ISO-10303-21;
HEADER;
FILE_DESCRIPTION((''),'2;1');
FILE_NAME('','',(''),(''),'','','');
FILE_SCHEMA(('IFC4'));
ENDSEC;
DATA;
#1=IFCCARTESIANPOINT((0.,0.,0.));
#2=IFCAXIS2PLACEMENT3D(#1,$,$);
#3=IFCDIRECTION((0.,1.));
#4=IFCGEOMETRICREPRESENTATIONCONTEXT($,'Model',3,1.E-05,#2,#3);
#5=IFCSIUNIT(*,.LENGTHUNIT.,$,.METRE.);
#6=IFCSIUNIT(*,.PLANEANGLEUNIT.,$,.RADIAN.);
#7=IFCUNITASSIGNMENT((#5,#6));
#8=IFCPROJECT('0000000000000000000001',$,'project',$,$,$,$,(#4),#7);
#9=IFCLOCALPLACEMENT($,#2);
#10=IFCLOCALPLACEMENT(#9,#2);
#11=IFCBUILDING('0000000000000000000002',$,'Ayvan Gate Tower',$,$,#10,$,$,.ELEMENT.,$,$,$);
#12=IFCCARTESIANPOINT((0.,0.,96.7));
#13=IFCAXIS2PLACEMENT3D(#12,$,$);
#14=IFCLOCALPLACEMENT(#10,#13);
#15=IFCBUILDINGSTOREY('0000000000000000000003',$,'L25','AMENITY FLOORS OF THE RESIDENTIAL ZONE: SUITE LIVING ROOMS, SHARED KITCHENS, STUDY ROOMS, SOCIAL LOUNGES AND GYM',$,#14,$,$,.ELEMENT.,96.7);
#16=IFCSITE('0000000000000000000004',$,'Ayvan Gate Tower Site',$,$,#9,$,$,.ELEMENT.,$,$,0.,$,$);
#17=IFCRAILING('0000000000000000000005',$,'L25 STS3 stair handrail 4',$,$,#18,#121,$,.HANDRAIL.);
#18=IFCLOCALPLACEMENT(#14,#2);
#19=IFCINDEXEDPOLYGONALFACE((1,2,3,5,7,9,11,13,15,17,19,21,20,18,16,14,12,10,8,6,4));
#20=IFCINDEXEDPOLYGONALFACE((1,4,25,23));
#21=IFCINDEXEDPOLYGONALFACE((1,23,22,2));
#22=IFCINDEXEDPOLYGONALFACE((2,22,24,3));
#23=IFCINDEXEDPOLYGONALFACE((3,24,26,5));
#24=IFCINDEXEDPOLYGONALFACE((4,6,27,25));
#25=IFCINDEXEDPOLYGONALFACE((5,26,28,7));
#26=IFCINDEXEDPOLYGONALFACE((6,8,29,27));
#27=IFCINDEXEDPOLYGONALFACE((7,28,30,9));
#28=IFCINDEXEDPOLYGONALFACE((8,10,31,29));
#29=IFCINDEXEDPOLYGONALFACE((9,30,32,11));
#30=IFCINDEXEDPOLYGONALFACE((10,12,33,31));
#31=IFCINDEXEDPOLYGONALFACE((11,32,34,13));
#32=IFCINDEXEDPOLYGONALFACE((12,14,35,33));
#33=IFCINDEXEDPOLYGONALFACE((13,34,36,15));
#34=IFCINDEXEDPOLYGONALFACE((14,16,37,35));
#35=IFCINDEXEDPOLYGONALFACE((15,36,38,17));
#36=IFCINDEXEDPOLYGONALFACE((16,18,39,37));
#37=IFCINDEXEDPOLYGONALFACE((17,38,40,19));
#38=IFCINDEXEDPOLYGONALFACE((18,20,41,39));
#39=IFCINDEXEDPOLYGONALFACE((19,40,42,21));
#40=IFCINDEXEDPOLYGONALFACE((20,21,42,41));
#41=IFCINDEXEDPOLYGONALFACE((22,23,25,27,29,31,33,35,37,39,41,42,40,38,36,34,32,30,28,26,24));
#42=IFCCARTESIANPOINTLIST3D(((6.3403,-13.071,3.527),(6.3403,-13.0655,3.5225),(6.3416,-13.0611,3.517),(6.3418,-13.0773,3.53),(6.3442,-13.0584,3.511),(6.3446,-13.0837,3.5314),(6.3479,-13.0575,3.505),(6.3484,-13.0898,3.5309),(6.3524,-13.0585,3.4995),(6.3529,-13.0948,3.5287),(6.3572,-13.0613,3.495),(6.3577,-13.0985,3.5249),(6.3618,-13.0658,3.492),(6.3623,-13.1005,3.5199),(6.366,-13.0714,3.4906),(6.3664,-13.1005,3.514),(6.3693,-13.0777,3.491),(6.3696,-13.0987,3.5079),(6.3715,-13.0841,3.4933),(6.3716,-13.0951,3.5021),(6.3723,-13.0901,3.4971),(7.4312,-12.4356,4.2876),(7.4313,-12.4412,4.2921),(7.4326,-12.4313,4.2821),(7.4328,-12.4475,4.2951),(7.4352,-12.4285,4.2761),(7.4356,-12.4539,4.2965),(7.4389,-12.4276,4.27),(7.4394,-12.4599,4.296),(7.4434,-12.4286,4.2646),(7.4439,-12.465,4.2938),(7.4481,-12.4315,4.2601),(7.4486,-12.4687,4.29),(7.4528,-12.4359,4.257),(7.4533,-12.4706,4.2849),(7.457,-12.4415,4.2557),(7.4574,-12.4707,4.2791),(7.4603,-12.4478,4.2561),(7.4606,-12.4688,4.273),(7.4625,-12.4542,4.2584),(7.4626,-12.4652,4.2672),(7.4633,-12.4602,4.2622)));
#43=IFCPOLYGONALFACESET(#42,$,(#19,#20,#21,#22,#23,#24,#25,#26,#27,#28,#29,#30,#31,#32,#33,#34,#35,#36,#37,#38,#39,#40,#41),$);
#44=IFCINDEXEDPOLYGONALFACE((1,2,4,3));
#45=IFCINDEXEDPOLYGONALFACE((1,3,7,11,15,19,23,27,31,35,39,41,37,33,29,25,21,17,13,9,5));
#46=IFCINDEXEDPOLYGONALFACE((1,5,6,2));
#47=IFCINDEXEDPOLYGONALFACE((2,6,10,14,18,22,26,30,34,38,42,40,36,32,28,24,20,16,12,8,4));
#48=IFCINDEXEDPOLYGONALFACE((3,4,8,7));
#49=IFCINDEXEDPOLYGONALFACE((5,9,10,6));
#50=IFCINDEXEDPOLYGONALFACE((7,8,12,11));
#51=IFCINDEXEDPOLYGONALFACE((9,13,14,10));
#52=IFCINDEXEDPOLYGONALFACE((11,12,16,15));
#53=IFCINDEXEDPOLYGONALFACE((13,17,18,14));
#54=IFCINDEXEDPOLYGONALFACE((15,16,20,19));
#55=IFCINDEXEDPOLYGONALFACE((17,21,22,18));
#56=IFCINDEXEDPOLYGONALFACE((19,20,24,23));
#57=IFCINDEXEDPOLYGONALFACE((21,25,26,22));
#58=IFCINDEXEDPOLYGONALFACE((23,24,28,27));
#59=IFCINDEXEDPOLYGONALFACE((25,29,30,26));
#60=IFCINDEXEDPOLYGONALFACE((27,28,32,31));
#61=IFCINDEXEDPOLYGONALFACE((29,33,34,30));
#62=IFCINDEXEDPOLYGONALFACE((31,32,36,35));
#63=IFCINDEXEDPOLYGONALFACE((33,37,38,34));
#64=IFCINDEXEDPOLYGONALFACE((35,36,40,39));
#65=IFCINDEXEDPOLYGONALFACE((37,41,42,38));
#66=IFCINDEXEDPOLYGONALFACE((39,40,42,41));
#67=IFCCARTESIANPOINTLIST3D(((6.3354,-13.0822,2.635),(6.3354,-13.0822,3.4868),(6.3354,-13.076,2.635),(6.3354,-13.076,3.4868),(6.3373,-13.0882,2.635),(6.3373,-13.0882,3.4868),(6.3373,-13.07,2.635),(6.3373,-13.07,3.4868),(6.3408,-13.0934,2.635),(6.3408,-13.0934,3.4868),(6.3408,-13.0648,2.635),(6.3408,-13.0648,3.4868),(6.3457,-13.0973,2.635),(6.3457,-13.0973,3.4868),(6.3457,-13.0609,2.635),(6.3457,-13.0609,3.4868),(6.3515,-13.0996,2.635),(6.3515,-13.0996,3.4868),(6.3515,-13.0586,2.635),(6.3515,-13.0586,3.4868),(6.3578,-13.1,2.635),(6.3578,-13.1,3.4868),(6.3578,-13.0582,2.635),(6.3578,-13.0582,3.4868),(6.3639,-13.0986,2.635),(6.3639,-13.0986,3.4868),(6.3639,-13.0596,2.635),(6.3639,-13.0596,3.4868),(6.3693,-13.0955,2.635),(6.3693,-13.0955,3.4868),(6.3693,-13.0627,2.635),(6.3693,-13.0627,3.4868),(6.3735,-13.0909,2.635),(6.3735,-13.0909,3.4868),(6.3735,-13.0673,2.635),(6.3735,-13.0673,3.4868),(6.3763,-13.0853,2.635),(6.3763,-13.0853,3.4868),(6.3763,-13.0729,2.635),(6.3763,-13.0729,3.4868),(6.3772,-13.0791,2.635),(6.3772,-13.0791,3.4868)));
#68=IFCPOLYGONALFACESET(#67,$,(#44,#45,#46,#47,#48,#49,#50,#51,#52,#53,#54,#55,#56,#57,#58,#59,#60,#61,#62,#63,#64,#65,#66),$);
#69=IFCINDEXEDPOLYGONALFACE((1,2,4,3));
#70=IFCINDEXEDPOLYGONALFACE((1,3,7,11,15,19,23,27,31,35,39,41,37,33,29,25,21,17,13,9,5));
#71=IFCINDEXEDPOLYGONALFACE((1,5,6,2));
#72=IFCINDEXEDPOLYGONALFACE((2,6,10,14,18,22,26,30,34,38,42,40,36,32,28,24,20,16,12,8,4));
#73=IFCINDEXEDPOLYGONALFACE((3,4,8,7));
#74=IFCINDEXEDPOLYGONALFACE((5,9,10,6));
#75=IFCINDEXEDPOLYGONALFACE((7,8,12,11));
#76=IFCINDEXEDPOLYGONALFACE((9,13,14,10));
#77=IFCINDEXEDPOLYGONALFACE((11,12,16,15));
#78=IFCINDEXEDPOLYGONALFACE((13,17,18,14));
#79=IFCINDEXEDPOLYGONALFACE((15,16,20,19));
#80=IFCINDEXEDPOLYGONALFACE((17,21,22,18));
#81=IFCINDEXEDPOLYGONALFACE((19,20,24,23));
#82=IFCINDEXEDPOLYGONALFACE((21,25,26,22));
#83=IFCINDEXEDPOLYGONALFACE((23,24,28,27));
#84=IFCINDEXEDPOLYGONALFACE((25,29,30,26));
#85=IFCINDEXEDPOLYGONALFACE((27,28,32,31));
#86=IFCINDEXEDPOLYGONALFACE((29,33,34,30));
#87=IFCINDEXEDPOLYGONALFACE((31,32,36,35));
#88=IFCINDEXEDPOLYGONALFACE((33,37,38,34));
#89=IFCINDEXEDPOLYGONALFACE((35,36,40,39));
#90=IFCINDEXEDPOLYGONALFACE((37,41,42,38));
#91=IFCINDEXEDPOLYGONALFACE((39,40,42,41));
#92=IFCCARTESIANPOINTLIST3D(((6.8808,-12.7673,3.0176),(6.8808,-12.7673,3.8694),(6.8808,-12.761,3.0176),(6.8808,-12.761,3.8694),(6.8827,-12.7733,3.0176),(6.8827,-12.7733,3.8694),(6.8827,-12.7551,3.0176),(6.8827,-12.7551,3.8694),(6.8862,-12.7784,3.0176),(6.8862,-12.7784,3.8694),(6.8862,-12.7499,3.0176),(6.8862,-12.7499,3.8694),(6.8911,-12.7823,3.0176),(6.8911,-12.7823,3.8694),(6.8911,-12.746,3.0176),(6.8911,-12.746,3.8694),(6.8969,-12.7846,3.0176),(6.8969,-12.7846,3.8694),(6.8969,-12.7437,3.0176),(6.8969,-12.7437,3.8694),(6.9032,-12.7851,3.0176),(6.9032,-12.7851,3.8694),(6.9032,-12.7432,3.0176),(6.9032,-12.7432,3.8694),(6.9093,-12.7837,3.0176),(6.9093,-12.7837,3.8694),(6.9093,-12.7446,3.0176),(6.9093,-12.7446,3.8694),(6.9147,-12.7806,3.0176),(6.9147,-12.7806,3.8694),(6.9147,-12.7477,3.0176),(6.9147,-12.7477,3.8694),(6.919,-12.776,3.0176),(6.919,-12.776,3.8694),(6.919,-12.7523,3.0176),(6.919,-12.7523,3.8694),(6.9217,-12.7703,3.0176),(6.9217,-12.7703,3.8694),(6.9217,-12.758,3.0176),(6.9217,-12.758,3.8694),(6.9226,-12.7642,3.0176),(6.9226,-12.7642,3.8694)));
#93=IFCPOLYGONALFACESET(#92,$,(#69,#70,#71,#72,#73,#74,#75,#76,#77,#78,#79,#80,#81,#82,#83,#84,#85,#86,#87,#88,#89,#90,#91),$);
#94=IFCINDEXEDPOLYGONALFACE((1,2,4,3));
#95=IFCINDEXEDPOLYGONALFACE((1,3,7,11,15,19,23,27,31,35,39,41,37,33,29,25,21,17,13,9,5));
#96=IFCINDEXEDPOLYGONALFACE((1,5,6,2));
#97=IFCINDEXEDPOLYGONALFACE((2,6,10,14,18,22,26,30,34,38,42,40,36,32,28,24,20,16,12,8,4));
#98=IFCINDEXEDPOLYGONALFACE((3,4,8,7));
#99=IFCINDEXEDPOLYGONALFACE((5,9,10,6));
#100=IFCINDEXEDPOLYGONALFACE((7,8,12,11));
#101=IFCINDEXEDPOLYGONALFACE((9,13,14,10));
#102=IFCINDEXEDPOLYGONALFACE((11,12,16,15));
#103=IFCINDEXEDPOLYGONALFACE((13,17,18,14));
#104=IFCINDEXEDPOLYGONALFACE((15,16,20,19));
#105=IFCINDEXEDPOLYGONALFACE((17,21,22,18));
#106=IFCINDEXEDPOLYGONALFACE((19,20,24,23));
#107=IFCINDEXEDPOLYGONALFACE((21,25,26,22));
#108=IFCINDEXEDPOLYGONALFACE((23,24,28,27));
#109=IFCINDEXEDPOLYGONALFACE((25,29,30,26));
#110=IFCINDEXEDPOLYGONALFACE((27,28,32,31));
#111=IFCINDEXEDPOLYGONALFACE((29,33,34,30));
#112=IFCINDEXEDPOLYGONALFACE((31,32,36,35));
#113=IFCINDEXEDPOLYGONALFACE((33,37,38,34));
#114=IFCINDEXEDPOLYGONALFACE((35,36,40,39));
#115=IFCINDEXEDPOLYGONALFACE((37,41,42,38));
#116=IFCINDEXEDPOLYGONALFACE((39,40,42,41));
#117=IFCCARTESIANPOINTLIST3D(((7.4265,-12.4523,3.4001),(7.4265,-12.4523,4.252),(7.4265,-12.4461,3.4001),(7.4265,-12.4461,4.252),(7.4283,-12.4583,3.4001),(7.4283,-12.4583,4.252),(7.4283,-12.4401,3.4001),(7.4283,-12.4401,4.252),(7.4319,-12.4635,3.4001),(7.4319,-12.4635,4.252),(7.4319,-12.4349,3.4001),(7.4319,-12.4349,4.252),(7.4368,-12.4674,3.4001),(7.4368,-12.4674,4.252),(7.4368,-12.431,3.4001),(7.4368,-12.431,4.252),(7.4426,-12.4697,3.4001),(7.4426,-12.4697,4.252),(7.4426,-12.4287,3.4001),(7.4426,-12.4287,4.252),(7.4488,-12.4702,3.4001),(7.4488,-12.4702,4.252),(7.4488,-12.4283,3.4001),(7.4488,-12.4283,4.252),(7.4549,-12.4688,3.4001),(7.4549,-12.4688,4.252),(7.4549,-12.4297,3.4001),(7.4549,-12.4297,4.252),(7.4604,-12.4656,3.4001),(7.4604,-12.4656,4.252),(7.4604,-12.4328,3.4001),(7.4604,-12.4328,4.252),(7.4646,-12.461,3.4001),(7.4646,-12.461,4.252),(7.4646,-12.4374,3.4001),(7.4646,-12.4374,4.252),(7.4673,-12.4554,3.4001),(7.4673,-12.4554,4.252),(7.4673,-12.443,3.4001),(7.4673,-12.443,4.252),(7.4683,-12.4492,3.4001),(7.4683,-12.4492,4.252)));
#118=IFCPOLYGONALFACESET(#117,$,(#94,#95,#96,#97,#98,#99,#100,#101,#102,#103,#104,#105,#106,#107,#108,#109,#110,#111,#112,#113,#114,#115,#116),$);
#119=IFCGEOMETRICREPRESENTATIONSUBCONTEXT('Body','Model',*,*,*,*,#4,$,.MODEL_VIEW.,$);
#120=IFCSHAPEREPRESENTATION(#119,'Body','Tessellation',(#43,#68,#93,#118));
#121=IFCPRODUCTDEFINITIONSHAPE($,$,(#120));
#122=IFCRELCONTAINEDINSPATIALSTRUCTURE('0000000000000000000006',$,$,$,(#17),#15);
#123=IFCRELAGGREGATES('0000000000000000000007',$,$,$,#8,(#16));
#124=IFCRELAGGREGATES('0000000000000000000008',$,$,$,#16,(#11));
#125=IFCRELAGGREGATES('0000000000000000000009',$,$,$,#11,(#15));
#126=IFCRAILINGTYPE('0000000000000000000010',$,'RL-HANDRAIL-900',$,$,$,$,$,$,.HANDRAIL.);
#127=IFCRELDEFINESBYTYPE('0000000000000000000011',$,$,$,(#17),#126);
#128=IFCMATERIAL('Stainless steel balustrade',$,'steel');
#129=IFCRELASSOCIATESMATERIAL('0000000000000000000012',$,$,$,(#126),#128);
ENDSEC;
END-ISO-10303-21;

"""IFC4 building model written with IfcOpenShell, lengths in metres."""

from ifc_helpers import new_model, si_unit, direction, frame, origin, origin_2d, place, context, subcontext, project, spatial, circle, extrude, material, type_object, element, save


model = new_model("IFC4")

# Units and contexts
model_context = context("Model", 3, precision=1e-05, world=origin(), true_north=direction((0.0, 1.0)))
body_context = subcontext(model_context, "Body", "Model", "MODEL_VIEW")
ifc_project = project(units=[si_unit("LENGTHUNIT", "METRE"), si_unit("PLANEANGLEUNIT", "RADIAN")], contexts=[model_context])

# Site, building, storey
site_placement = place(None, origin())
site = spatial("IfcSite", under=ifc_project, at=site_placement, Name="Ayvan Gate Tower Site", CompositionType="ELEMENT", RefElevation=0.0)
building_placement = place(site_placement, origin())
building = spatial("IfcBuilding", under=site, at=building_placement, Name="Ayvan Gate Tower", CompositionType="ELEMENT")
storey_placement = place(building_placement, frame((0.0, 0.0, 96.7)))
storey = spatial("IfcBuildingStorey", under=building, at=storey_placement, Name="L25", Description="AMENITY FLOORS OF THE RESIDENTIAL ZONE: SUITE LIVING ROOMS, SHARED KITCHENS, STUDY ROOMS, SOCIAL LOUNGES AND GYM", CompositionType="ELEMENT", Elevation=96.7)

# Railing
ifc_material_1 = material(Name="Stainless steel balustrade", Category="steel")
railing_type_1 = type_object("IfcRailingType", Name="RL-HANDRAIL-900", PredefinedType="HANDRAIL", material=ifc_material_1)
railing_1_placement = place(storey_placement, frame((6.3562, -13.0791, 2.635)))
element("IfcRailing", 1, at=railing_1_placement, inside=storey, type_object=railing_type_1, Name="L25 STS3 stair handrail 4", PredefinedType="HANDRAIL", context=body_context, shape_type="SweptSolid", body=[
    extrude(circle(Radius=0.0239, at=origin_2d()), frame((0.0, 0.0, 0.876), z_axis=(0.740218, 0.427336, 0.519097), x_axis=(-0.499974, 0.86604, 0.0)), (0.0, 0.0, 1.0), 1.4739),
    extrude(circle(Radius=0.021, at=origin_2d()), origin(), (0.0, 0.0, 1.0), 0.8518),
    extrude(circle(Radius=0.021, at=origin_2d()), frame((0.5454, 0.3149, 0.3826)), (0.0, 0.0, 1.0), 0.8518),
    extrude(circle(Radius=0.021, at=origin_2d()), frame((1.0911, 0.6299, 0.7651)), (0.0, 0.0, 1.0), 0.8518),
])

save(model, "model.ifc")
